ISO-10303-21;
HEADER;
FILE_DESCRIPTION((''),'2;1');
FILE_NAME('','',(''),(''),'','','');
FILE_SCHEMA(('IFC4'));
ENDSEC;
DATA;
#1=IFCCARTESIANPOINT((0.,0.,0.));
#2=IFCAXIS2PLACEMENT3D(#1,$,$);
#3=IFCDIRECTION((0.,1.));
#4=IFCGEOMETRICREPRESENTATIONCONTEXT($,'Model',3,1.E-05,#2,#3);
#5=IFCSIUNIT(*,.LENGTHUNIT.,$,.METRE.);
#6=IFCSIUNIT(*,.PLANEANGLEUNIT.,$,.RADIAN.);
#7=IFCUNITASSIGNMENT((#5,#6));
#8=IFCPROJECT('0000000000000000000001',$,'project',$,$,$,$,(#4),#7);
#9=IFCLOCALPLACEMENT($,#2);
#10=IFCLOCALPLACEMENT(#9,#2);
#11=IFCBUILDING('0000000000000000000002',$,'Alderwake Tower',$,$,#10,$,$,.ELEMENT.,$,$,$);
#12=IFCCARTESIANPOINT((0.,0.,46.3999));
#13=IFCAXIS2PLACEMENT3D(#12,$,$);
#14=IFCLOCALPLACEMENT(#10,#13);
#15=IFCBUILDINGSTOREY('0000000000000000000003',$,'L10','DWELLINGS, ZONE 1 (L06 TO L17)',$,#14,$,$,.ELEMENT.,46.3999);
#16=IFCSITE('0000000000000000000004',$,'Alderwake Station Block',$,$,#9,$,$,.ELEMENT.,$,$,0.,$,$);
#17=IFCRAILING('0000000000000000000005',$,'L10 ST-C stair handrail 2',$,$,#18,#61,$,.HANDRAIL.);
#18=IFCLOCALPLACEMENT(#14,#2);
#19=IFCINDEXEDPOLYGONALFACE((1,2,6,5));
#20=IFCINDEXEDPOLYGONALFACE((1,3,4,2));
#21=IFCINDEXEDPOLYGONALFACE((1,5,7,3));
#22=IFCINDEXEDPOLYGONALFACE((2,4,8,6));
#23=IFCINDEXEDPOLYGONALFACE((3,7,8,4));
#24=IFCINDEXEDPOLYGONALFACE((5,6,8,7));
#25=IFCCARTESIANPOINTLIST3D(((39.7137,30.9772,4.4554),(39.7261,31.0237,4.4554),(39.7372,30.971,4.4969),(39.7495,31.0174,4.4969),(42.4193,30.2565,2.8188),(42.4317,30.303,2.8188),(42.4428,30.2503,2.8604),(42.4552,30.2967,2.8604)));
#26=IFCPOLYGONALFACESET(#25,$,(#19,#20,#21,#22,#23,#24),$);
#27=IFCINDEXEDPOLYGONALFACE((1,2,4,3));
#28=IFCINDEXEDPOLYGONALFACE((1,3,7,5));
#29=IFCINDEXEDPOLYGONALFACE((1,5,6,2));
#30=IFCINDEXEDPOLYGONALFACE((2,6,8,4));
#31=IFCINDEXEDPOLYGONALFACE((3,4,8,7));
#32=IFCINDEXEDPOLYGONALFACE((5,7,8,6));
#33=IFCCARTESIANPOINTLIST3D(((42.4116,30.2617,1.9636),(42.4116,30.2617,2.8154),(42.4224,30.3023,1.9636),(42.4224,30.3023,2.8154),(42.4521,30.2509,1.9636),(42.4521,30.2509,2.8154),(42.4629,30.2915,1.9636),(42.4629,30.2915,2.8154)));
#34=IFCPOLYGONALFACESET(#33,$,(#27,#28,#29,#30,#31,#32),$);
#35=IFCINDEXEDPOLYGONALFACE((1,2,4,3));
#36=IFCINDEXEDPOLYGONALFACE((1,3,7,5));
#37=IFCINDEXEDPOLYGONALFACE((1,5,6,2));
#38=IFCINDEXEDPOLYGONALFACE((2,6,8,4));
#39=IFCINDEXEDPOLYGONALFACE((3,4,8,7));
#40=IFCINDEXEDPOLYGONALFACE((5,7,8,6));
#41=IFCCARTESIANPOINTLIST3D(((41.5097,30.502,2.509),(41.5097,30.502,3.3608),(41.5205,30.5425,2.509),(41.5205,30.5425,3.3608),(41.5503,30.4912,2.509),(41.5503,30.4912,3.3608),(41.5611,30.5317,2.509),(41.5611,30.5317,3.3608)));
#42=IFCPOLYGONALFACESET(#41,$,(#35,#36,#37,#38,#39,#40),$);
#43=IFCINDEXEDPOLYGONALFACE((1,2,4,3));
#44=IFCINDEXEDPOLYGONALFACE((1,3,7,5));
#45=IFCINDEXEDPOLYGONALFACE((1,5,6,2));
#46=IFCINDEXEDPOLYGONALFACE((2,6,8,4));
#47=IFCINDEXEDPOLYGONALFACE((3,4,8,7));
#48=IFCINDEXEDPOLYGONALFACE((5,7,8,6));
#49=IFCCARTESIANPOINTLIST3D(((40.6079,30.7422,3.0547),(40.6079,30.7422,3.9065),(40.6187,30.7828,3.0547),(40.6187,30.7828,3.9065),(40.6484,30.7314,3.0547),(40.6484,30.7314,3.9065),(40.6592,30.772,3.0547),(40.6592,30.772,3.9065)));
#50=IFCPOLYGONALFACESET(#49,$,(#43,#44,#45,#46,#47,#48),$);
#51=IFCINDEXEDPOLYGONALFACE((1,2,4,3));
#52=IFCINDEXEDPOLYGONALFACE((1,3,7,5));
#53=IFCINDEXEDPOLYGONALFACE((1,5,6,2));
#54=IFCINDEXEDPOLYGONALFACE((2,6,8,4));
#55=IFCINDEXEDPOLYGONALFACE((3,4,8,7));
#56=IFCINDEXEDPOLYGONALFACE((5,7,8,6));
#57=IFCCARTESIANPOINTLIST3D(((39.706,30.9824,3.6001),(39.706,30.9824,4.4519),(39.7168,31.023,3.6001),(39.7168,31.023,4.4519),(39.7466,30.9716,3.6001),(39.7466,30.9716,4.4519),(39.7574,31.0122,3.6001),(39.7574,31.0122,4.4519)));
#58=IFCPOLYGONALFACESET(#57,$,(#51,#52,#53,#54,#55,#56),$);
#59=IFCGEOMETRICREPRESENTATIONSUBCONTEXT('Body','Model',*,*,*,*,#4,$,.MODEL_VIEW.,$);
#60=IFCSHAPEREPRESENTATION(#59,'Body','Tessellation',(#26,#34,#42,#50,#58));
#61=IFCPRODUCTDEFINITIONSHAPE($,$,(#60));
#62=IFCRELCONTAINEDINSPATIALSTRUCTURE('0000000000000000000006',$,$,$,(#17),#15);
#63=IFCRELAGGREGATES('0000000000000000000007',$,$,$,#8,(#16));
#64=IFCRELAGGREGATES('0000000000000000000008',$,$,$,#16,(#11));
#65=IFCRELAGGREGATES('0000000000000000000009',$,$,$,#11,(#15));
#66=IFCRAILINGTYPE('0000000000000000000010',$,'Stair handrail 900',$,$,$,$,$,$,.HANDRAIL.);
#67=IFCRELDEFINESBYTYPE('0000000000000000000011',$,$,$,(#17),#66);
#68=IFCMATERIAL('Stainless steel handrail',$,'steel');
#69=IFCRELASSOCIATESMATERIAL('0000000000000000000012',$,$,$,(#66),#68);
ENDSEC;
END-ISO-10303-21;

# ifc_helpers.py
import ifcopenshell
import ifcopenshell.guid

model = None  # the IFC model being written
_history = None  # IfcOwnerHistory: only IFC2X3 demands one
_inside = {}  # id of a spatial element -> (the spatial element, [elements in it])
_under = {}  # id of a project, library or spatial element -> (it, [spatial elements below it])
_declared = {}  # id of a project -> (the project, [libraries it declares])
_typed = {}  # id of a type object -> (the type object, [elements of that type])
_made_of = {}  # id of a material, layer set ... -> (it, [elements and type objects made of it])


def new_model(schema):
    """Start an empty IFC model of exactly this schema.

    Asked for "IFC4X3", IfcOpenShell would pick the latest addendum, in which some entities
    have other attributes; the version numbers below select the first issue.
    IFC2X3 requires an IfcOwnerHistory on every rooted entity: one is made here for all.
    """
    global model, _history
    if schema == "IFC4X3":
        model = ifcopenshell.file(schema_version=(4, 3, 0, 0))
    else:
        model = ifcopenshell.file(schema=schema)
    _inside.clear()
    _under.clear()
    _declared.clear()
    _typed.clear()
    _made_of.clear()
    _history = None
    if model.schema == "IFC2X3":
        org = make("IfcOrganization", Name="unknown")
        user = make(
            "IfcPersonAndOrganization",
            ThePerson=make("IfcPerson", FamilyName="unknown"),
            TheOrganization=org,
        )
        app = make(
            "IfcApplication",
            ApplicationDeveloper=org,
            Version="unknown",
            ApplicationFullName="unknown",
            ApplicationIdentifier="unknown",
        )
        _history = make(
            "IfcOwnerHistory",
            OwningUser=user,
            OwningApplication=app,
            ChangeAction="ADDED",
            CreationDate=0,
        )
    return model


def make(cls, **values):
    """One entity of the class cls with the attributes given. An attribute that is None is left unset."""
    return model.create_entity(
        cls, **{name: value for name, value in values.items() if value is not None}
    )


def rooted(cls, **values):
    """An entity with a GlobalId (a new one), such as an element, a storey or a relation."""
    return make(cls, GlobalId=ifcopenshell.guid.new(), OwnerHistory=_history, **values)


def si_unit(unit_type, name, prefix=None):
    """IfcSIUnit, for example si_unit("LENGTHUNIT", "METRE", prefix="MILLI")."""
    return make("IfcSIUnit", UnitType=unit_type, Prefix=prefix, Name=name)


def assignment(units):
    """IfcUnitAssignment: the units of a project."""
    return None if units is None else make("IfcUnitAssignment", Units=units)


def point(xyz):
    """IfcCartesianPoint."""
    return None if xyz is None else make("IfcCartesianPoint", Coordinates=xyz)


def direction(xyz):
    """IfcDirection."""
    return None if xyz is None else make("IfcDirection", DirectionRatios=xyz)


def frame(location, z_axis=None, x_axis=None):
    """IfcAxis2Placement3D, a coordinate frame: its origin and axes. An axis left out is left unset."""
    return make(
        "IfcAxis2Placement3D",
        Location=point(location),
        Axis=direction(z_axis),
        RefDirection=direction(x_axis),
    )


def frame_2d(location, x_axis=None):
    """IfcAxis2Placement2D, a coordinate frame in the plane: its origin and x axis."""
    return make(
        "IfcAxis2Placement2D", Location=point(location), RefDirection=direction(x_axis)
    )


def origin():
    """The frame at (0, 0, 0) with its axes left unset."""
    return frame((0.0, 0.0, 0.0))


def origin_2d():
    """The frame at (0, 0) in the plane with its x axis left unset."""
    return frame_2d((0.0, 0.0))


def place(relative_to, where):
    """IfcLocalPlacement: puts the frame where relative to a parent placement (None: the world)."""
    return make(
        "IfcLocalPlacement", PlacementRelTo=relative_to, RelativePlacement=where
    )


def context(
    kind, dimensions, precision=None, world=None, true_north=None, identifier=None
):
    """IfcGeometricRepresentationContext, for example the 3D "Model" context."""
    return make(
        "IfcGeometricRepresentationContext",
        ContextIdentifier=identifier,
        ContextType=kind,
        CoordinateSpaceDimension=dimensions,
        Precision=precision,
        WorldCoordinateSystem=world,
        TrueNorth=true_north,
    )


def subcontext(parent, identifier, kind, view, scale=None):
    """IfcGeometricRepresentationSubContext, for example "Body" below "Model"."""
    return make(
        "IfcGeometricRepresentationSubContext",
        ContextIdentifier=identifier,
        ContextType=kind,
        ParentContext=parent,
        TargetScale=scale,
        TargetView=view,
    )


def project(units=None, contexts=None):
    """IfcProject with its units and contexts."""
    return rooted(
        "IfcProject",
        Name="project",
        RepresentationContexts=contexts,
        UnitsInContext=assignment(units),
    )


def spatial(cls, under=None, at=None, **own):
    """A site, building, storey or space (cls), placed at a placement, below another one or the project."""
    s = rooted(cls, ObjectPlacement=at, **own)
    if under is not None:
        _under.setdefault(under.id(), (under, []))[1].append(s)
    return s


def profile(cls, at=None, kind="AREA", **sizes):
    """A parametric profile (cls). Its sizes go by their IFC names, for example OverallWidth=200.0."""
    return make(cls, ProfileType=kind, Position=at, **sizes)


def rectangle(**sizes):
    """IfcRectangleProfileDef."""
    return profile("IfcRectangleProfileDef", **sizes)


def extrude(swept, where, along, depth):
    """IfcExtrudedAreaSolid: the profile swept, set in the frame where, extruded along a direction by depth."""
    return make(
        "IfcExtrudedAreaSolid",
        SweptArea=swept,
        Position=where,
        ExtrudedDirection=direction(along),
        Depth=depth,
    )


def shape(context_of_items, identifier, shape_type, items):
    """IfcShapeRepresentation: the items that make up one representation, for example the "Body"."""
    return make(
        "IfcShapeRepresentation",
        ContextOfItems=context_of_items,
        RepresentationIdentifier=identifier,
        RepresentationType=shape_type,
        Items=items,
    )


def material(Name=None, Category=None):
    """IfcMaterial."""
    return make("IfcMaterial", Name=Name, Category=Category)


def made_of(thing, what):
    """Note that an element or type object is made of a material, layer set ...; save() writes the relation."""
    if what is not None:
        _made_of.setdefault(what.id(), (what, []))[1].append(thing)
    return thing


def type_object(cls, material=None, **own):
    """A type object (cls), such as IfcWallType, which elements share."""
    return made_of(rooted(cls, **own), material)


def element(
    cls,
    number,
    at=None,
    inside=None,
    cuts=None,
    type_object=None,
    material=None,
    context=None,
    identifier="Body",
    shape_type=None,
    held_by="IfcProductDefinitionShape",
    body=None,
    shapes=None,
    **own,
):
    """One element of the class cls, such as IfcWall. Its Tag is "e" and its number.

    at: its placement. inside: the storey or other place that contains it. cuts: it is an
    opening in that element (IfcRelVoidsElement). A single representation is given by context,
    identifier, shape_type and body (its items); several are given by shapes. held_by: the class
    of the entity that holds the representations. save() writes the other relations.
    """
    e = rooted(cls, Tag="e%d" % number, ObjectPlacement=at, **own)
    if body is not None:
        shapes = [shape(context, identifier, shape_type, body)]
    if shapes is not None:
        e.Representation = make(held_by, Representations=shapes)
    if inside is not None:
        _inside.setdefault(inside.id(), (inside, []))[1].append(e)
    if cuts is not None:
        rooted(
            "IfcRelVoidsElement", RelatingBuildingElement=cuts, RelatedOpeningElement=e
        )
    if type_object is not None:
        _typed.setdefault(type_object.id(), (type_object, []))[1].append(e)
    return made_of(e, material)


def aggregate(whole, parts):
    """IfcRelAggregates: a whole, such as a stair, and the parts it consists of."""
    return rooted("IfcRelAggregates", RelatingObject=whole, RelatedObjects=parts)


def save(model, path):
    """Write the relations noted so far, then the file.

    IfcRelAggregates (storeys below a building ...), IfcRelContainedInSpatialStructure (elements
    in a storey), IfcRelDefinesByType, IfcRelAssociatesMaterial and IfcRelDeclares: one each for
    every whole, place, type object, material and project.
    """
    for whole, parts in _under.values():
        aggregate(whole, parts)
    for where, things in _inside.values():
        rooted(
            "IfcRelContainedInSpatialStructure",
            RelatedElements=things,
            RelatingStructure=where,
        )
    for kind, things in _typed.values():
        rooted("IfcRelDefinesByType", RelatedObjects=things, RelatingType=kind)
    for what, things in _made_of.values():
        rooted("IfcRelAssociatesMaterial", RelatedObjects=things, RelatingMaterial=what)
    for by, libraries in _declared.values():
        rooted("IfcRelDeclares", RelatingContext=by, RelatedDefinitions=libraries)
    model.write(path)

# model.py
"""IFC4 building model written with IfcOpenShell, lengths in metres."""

from ifc_helpers import new_model, si_unit, direction, frame, origin, origin_2d, place, context, subcontext, project, spatial, rectangle, extrude, material, type_object, element, save


model = new_model("IFC4")

# Units and contexts
model_context = context("Model", 3, precision=1e-05, world=origin(), true_north=direction((0.0, 1.0)))
body_context = subcontext(model_context, "Body", "Model", "MODEL_VIEW")
ifc_project = project(units=[si_unit("LENGTHUNIT", "METRE"), si_unit("PLANEANGLEUNIT", "RADIAN")], contexts=[model_context])

# Site, building, storey
site_placement = place(None, origin())
site = spatial("IfcSite", under=ifc_project, at=site_placement, Name="Alderwake Station Block", CompositionType="ELEMENT", RefElevation=0.0)
building_placement = place(site_placement, origin())
building = spatial("IfcBuilding", under=site, at=building_placement, Name="Alderwake Tower", CompositionType="ELEMENT")
storey_placement = place(building_placement, frame((0.0, 0.0, 46.3999)))
storey = spatial("IfcBuildingStorey", under=building, at=storey_placement, Name="L10", Description="DWELLINGS, ZONE 1 (L06 TO L17)", CompositionType="ELEMENT", Elevation=46.3999)

# Railing
ifc_material_1 = material(Name="Stainless steel handrail", Category="steel")
railing_type_1 = type_object("IfcRailingType", Name="Stair handrail 900", PredefinedType="HANDRAIL", material=ifc_material_1)
railing_1_placement = place(storey_placement, frame((42.4373, 30.2766, 1.9636)))
element("IfcRailing", 1, at=railing_1_placement, inside=storey, type_object=railing_type_1, Name="L10 ST-C stair handrail 2", PredefinedType="HANDRAIL", context=body_context, shape_type="SweptSolid", body=[
    extrude(rectangle(XDim=0.0481, YDim=0.0481, at=origin_2d()), frame((0.0, 0.0, 0.876), z_axis=(-0.834259, 0.222228, 0.504605), x_axis=(-0.257402, -0.966304, 0.0)), (0.0, 0.0, 1.0), 3.2432),
    extrude(rectangle(XDim=0.042, YDim=0.042, at=origin_2d()), frame((0.0, 0.0, 0.0), z_axis=(0.0, 0.0, 1.0), x_axis=(-0.966304, 0.257402, 0.0)), (0.0, 0.0, 1.0), 0.8518),
    extrude(rectangle(XDim=0.042, YDim=0.042, at=origin_2d()), frame((-0.9019, 0.2402, 0.5454), z_axis=(0.0, 0.0, 1.0), x_axis=(-0.966304, 0.257402, 0.0)), (0.0, 0.0, 1.0), 0.8518),
    extrude(rectangle(XDim=0.042, YDim=0.042, at=origin_2d()), frame((-1.8037, 0.4805, 1.0911), z_axis=(0.0, 0.0, 1.0), x_axis=(-0.966304, 0.257402, 0.0)), (0.0, 0.0, 1.0), 0.8518),
    extrude(rectangle(XDim=0.042, YDim=0.042, at=origin_2d()), frame((-2.7056, 0.7207, 1.6365), z_axis=(0.0, 0.0, 1.0), x_axis=(-0.966304, 0.257402, 0.0)), (0.0, 0.0, 1.0), 0.8518),
])

save(model, "model.ifc")
